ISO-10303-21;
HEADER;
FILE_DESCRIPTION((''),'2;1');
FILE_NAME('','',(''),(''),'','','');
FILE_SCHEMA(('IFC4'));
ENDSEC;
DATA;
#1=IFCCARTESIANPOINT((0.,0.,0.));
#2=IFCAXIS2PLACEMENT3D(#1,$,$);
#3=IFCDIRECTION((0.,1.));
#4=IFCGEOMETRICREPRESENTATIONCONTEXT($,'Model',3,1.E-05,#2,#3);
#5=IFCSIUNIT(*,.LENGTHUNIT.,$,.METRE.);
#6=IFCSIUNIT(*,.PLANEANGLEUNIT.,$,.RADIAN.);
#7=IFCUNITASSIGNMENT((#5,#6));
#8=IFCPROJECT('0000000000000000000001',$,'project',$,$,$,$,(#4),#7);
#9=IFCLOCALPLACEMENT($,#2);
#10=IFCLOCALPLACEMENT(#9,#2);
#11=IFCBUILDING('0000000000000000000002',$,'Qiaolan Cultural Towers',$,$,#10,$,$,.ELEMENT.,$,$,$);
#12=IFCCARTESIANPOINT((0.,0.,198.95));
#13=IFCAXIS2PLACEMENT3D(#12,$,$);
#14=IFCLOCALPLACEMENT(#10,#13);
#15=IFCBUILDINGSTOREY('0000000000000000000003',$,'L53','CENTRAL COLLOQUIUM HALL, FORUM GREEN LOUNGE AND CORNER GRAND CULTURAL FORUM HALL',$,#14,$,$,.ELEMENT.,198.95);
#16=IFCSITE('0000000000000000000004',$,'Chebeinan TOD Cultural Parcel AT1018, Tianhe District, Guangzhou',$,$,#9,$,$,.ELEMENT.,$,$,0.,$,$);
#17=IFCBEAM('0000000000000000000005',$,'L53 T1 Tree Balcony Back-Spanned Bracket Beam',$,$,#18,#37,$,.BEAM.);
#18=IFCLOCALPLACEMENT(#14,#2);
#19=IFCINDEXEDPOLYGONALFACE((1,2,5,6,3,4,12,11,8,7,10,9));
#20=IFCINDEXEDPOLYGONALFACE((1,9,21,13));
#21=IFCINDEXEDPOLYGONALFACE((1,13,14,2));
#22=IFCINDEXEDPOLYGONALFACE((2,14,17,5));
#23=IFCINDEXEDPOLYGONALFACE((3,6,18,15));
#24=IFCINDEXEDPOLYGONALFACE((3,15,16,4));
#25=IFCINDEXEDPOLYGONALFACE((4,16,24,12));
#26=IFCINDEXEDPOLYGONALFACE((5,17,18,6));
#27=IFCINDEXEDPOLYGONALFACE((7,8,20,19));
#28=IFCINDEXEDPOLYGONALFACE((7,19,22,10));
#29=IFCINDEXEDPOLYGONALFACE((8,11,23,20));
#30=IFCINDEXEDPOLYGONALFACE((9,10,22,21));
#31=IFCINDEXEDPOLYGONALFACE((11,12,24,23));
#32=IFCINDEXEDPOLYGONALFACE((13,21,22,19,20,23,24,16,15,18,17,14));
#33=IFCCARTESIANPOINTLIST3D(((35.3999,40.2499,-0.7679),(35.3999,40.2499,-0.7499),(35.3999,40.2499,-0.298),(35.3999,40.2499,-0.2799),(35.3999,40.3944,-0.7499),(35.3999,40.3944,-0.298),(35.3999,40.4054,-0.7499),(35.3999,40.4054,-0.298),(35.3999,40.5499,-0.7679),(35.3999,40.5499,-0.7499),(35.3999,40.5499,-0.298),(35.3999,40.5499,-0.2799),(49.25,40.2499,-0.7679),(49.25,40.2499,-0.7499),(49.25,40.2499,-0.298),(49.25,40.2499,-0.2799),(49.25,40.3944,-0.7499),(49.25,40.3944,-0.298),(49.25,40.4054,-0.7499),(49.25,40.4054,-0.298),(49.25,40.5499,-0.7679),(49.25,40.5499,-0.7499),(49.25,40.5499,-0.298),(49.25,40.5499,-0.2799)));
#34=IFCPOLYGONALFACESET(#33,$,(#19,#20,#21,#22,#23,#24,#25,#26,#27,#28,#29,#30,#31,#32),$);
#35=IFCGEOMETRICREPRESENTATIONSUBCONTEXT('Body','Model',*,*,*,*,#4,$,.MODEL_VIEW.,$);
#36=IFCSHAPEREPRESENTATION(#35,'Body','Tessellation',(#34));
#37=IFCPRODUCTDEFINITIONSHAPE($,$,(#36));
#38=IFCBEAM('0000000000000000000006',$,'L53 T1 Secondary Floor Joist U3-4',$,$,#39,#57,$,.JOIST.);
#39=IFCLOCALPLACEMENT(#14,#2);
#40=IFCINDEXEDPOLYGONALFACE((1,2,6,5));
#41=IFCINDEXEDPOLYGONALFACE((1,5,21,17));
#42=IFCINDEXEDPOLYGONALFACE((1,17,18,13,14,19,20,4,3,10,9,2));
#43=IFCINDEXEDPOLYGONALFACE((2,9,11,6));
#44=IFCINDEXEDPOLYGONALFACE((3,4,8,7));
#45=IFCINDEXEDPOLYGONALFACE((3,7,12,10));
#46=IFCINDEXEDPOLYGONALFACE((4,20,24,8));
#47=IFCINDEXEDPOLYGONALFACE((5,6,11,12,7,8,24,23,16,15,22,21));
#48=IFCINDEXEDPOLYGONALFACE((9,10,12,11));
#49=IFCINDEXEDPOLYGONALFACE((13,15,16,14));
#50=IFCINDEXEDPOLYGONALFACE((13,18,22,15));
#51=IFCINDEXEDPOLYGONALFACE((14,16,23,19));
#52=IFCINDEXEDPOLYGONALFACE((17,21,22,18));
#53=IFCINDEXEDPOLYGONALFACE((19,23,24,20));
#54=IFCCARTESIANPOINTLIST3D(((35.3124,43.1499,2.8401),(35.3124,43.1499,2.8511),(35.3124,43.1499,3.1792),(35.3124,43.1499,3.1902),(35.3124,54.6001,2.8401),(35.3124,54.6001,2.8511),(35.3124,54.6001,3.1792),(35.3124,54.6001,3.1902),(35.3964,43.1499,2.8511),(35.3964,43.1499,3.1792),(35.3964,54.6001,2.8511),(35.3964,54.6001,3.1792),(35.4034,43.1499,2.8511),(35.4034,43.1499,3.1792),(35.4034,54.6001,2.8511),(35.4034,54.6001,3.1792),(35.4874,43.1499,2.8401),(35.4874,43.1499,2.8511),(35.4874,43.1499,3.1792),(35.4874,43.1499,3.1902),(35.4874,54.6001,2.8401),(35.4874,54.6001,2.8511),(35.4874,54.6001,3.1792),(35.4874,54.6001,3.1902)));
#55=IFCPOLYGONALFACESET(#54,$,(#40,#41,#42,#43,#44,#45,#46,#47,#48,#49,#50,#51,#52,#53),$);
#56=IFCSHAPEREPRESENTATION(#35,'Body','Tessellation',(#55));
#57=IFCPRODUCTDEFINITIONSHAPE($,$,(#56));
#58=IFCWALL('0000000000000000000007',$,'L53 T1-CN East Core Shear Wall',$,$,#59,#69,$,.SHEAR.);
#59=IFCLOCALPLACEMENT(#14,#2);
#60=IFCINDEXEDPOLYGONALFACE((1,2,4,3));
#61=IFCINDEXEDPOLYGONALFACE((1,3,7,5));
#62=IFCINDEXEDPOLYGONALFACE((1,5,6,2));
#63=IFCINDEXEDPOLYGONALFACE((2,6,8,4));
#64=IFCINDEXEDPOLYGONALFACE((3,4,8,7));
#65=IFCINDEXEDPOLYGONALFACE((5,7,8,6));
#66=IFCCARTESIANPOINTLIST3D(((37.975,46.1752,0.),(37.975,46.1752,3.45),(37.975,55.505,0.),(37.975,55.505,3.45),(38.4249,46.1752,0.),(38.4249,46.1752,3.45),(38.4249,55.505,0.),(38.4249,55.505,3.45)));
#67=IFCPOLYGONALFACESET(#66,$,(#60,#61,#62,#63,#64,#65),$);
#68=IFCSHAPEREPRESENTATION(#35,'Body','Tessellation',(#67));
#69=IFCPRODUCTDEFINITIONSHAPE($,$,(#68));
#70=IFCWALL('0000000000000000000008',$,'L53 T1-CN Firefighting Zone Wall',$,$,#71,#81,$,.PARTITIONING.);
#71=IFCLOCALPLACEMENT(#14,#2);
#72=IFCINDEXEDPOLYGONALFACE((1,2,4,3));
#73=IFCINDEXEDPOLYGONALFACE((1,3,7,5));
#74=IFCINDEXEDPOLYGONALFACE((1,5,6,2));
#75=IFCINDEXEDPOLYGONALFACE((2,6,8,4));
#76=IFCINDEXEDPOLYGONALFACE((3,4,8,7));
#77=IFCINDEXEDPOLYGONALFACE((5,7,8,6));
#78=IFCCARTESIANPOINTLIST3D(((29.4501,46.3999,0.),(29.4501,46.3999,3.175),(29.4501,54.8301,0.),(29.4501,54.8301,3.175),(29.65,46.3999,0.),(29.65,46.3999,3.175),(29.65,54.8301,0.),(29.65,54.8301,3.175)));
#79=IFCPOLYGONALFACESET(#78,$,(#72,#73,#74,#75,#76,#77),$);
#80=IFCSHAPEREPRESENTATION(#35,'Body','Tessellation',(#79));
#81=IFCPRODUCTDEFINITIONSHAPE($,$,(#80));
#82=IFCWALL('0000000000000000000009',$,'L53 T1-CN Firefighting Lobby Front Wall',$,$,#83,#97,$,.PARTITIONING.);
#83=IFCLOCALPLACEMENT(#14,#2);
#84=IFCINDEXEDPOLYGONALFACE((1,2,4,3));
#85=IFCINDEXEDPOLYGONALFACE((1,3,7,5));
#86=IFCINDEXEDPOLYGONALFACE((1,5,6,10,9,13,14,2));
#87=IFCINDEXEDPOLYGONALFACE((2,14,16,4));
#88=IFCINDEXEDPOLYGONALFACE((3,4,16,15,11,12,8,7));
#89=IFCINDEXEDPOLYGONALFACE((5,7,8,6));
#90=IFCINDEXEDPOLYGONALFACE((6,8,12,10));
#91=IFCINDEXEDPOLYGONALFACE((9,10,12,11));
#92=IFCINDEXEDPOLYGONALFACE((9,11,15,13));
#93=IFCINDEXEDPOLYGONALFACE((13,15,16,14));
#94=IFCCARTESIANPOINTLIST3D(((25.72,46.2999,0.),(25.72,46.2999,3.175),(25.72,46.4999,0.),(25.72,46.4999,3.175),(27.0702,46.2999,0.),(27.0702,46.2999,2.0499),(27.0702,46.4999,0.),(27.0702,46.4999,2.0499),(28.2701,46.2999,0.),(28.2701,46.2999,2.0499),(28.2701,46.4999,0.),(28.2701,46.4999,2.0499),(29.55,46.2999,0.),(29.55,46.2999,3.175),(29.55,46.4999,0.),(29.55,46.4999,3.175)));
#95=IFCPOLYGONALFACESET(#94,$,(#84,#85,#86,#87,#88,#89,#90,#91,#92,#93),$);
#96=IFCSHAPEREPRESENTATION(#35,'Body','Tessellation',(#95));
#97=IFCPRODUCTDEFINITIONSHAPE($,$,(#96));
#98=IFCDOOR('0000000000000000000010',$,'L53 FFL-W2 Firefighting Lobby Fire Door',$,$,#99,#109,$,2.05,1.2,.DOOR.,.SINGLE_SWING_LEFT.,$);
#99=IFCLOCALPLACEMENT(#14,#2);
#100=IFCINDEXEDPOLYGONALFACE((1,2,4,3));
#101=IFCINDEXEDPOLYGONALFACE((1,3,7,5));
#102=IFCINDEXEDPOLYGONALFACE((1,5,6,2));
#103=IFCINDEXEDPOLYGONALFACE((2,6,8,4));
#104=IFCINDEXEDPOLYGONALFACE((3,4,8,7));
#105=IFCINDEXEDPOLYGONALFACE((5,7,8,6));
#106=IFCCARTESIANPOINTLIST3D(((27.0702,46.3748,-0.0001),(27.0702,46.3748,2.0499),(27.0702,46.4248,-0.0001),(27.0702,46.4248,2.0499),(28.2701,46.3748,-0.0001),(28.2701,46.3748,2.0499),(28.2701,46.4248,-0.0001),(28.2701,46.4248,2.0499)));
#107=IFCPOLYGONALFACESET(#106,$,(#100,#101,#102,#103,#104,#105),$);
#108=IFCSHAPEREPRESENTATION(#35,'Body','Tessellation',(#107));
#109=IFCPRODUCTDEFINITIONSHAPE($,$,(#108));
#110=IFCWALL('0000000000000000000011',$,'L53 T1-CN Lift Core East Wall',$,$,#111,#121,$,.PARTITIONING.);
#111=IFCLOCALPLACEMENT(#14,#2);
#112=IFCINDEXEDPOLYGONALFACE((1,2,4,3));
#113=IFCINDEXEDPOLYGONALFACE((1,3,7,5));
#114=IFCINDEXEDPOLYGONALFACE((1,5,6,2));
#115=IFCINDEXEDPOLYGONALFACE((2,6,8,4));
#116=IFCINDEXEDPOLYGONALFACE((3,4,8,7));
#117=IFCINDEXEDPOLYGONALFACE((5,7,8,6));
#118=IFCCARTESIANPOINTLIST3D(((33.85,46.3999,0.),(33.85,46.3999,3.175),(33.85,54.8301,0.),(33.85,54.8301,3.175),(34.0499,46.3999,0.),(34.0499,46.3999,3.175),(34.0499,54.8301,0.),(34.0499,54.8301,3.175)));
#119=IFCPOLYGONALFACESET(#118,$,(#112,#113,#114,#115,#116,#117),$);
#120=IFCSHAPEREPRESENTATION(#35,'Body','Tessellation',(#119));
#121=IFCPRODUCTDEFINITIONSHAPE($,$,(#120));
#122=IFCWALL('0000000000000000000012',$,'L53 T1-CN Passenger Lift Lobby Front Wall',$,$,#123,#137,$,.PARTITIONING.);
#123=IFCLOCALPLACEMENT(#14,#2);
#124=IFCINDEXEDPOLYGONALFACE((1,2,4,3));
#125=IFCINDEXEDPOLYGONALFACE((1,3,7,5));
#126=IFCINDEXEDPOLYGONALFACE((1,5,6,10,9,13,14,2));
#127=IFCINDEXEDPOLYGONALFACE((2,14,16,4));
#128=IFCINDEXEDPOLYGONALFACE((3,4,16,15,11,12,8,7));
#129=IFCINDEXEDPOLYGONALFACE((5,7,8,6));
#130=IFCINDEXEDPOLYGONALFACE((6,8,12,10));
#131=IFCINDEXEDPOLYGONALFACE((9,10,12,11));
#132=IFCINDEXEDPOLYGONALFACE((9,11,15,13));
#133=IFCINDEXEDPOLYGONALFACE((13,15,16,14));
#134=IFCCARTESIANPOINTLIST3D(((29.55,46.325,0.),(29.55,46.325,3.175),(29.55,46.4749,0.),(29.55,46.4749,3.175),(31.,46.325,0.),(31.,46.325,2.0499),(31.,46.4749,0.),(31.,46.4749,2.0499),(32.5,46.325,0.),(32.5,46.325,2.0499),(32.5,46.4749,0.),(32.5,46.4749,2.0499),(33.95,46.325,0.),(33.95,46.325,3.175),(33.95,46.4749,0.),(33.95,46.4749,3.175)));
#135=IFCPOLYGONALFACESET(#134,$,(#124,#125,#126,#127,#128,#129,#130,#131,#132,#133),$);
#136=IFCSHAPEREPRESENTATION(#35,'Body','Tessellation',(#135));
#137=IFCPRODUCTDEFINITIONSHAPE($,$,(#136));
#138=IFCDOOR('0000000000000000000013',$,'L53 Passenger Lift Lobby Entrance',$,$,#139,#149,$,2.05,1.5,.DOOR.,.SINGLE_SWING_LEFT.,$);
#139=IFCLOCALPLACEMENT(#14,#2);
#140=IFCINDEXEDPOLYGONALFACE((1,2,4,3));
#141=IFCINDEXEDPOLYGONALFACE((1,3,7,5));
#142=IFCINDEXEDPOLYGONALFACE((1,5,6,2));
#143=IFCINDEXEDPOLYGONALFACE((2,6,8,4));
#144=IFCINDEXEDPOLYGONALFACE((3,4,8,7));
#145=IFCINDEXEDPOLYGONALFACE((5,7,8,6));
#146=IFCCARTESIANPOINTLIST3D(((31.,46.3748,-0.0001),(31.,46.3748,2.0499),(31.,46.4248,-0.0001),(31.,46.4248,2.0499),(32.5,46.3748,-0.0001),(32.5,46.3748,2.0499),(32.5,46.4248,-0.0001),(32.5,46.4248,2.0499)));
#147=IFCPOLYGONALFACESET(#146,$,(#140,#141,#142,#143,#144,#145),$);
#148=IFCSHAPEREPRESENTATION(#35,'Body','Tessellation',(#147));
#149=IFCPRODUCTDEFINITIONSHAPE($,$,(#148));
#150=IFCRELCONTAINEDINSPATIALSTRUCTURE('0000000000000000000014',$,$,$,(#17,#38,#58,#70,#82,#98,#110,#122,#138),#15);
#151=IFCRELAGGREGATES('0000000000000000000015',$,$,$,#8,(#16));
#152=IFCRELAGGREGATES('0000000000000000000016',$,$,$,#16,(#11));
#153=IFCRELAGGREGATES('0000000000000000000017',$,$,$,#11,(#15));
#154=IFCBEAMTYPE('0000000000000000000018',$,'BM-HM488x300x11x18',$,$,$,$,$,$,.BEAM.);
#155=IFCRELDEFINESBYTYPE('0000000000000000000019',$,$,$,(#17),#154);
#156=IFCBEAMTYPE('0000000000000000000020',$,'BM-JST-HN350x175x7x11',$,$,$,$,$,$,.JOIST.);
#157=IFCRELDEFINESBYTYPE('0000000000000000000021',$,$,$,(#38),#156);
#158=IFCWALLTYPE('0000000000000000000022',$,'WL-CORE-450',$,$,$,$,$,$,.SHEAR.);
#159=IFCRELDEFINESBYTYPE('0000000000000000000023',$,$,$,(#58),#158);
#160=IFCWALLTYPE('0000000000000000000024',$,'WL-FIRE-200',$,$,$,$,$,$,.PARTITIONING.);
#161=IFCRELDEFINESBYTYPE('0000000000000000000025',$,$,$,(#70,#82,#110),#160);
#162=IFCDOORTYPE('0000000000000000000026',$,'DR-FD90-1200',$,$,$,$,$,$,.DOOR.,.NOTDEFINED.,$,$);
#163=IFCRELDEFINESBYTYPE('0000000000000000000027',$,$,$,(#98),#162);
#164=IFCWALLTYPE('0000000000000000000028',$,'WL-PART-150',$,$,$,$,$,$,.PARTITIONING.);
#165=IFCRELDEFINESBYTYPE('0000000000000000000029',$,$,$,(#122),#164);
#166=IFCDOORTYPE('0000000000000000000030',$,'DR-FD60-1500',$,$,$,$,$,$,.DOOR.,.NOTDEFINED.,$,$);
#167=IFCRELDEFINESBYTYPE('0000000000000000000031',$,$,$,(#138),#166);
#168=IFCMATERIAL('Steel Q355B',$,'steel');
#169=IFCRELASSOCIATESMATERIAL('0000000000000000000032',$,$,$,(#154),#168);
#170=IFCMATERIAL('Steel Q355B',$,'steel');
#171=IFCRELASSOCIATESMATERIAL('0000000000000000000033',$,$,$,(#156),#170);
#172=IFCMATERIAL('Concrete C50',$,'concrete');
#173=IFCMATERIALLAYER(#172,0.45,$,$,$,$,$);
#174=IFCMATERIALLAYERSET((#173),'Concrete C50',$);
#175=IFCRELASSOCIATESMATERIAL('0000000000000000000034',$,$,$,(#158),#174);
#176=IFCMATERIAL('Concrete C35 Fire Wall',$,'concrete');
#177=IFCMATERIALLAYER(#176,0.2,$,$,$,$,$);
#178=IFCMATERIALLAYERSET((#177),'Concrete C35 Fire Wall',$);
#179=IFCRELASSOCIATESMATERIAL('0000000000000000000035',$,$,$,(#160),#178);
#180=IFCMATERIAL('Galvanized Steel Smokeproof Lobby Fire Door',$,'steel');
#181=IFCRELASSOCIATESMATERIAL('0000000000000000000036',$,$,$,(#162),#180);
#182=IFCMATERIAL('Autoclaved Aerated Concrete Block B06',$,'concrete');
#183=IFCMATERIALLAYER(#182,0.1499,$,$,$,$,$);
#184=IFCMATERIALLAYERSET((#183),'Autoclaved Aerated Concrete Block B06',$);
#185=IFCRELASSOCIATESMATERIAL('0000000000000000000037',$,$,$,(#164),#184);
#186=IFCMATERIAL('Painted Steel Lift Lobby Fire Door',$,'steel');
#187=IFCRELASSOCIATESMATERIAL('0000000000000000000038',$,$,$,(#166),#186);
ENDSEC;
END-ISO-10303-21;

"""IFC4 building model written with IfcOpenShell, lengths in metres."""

from ifc_helpers import new_model, si_unit, direction, frame, frame_2d, origin, origin_2d, place, context, subcontext, project, spatial, rectangle, i_section, extrude, material, layer, layer_set, material_profile, profile_set, type_object, element, fill, save


model = new_model("IFC4")

# Units and contexts
model_context = context("Model", 3, precision=1e-05, world=origin(), true_north=direction((0.0, 1.0)))
body_context = subcontext(model_context, "Body", "Model", "MODEL_VIEW")
ifc_project = project(units=[si_unit("LENGTHUNIT", "METRE"), si_unit("PLANEANGLEUNIT", "RADIAN")], contexts=[model_context])

# Site, building, storey
site_placement = place(None, origin())
site = spatial("IfcSite", under=ifc_project, at=site_placement, Name="Chebeinan TOD Cultural Parcel AT1018, Tianhe District, Guangzhou", CompositionType="ELEMENT", RefElevation=0.0)
building_placement = place(site_placement, origin())
building = spatial("IfcBuilding", under=site, at=building_placement, Name="Qiaolan Cultural Towers", CompositionType="ELEMENT")
storey_placement = place(building_placement, frame((0.0, 0.0, 198.95)))
storey = spatial("IfcBuildingStorey", under=building, at=storey_placement, Name="L53", Description="CENTRAL COLLOQUIUM HALL, FORUM GREEN LOUNGE AND CORNER GRAND CULTURAL FORUM HALL", CompositionType="ELEMENT", Elevation=198.95)

# Beams
ifc_material_1 = material(Name="Steel Q355B", Category="steel")
ifc_material_profile_1 = material_profile(ifc_material_1, i_section(OverallWidth=0.3, OverallDepth=0.488, WebThickness=0.011, FlangeThickness=0.0181, at=origin_2d()), Name="HM488x300x11x18")
ifc_profile_set_1 = profile_set([ifc_material_profile_1], Name="Steel Q355B")
beam_type_1 = type_object("IfcBeamType", Name="BM-HM488x300x11x18", PredefinedType="BEAM", material=ifc_profile_set_1)
beam_1_placement = place(storey_placement, frame((35.3999, 40.3999, -0.5239), z_axis=(1.0, 0.0, 0.0), x_axis=(0.0, 1.0, 0.0)))
element("IfcBeam", 1, at=beam_1_placement, inside=storey, type_object=beam_type_1, Name="L53 T1 Tree Balcony Back-Spanned Bracket Beam", PredefinedType="BEAM", context=body_context, shape_type="SweptSolid", body=[
    extrude(i_section(OverallWidth=0.3, OverallDepth=0.488, WebThickness=0.011, FlangeThickness=0.0181, at=origin_2d()), origin(), (0.0, 0.0, 1.0), 13.8501),
])
ifc_material_2 = material(Name="Steel Q355B", Category="steel")
ifc_material_profile_2 = material_profile(ifc_material_2, i_section(OverallWidth=0.175, OverallDepth=0.3501, WebThickness=0.0071, FlangeThickness=0.011, at=origin_2d()), Name="HN350x175x7x11")
ifc_profile_set_2 = profile_set([ifc_material_profile_2], Name="Steel Q355B")
beam_type_2 = type_object("IfcBeamType", Name="BM-JST-HN350x175x7x11", PredefinedType="JOIST", material=ifc_profile_set_2)
beam_2_placement = place(storey_placement, frame((35.3999, 43.1499, 3.0151), z_axis=(0.0, 1.0, 0.0), x_axis=(-1.0, 0.0, 0.0)))
element("IfcBeam", 2, at=beam_2_placement, inside=storey, type_object=beam_type_2, Name="L53 T1 Secondary Floor Joist U3-4", PredefinedType="JOIST", context=body_context, shape_type="SweptSolid", body=[
    extrude(i_section(OverallWidth=0.175, OverallDepth=0.3501, WebThickness=0.0071, FlangeThickness=0.011, at=origin_2d()), origin(), (0.0, 0.0, 1.0), 11.4502),
])

# Walls
ifc_material_3 = material(Name="Concrete C50", Category="concrete")
ifc_layer_1 = layer(ifc_material_3, 0.45)
ifc_layer_set_1 = layer_set([ifc_layer_1], Name="Concrete C50")
wall_type_1 = type_object("IfcWallType", Name="WL-CORE-450", PredefinedType="SHEAR", material=ifc_layer_set_1)
wall_1_placement = place(storey_placement, frame((38.2, 46.175, 0.0), z_axis=(0.0, 0.0, 1.0), x_axis=(0.0, 1.0, 0.0)))
element("IfcWall", 3, at=wall_1_placement, inside=storey, type_object=wall_type_1, Name="L53 T1-CN East Core Shear Wall", PredefinedType="SHEAR", context=body_context, shape_type="SweptSolid", body=[
    extrude(rectangle(XDim=9.3298, YDim=0.45, at=frame_2d((4.665, 0.0))), origin(), (0.0, 0.0, 1.0), 3.45),
])
ifc_material_4 = material(Name="Concrete C35 Fire Wall", Category="concrete")
ifc_layer_2 = layer(ifc_material_4, 0.2)
ifc_layer_set_2 = layer_set([ifc_layer_2], Name="Concrete C35 Fire Wall")
wall_type_2 = type_object("IfcWallType", Name="WL-FIRE-200", PredefinedType="PARTITIONING", material=ifc_layer_set_2)
wall_2_placement = place(storey_placement, frame((29.55, 46.3999, 0.0), z_axis=(0.0, 0.0, 1.0), x_axis=(0.0, 1.0, 0.0)))
element("IfcWall", 4, at=wall_2_placement, inside=storey, type_object=wall_type_2, Name="L53 T1-CN Firefighting Zone Wall", PredefinedType="PARTITIONING", context=body_context, shape_type="SweptSolid", body=[
    extrude(rectangle(XDim=8.4302, YDim=0.2, at=frame_2d((4.2151, 0.0))), origin(), (0.0, 0.0, 1.0), 3.175),
])

# Wall, opening, door
wall_3_placement = place(storey_placement, frame((25.72, 46.3999, 0.0), z_axis=(0.0, 0.0, 1.0), x_axis=(1.0, 0.0, 0.0)))
wall_3 = element("IfcWall", 5, at=wall_3_placement, inside=storey, type_object=wall_type_2, Name="L53 T1-CN Firefighting Lobby Front Wall", PredefinedType="PARTITIONING", context=body_context, shape_type="SweptSolid", body=[
    extrude(rectangle(XDim=3.8301, YDim=0.2, at=frame_2d((1.915, 0.0))), origin(), (0.0, 0.0, 1.0), 3.175),
])
opening_1_placement = place(wall_3_placement, frame((1.3501, 0.0, 0.0)))
opening_1 = element("IfcOpeningElement", 6, at=opening_1_placement, cuts=wall_3, PredefinedType="OPENING", context=body_context, shape_type="SweptSolid", body=[
    extrude(rectangle(XDim=1.2, YDim=2.05, at=frame_2d((0.6001, 1.0249))), frame((0.0, 0.1099, 0.0), z_axis=(0.0, -1.0, 0.0), x_axis=(1.0, 0.0, 0.0)), (0.0, 0.0, 1.0), 0.22),
])
ifc_material_5 = material(Name="Galvanized Steel Smokeproof Lobby Fire Door", Category="steel")
door_type_1 = type_object("IfcDoorType", Name="DR-FD90-1200", OperationType="NOTDEFINED", PredefinedType="DOOR", material=ifc_material_5)
door_1_placement = place(opening_1_placement, origin())
door_1 = element("IfcDoor", 7, at=door_1_placement, inside=storey, type_object=door_type_1, Name="L53 FFL-W2 Firefighting Lobby Fire Door", OperationType="SINGLE_SWING_LEFT", OverallHeight=2.05, OverallWidth=1.2, PredefinedType="DOOR", context=body_context, shape_type="SweptSolid", body=[
    extrude(rectangle(XDim=1.2, YDim=2.05, at=frame_2d((0.6001, 1.0249))), frame((0.0, 0.0249, 0.0), z_axis=(0.0, -1.0, 0.0), x_axis=(1.0, 0.0, 0.0)), (0.0, 0.0, 1.0), 0.05),
])
fill(opening_1, door_1)

# Wall
wall_4_placement = place(storey_placement, frame((33.95, 46.3999, 0.0), z_axis=(0.0, 0.0, 1.0), x_axis=(0.0, 1.0, 0.0)))
element("IfcWall", 8, at=wall_4_placement, inside=storey, type_object=wall_type_2, Name="L53 T1-CN Lift Core East Wall", PredefinedType="PARTITIONING", context=body_context, shape_type="SweptSolid", body=[
    extrude(rectangle(XDim=8.4302, YDim=0.2, at=frame_2d((4.2151, 0.0))), origin(), (0.0, 0.0, 1.0), 3.175),
])

# Wall, opening, door
ifc_material_6 = material(Name="Autoclaved Aerated Concrete Block B06", Category="concrete")
ifc_layer_3 = layer(ifc_material_6, 0.1499)
ifc_layer_set_3 = layer_set([ifc_layer_3], Name="Autoclaved Aerated Concrete Block B06")
wall_type_3 = type_object("IfcWallType", Name="WL-PART-150", PredefinedType="PARTITIONING", material=ifc_layer_set_3)
wall_5_placement = place(storey_placement, frame((29.55, 46.3999, 0.0), z_axis=(0.0, 0.0, 1.0), x_axis=(1.0, 0.0, 0.0)))
wall_5 = element("IfcWall", 9, at=wall_5_placement, inside=storey, type_object=wall_type_3, Name="L53 T1-CN Passenger Lift Lobby Front Wall", PredefinedType="PARTITIONING", context=body_context, shape_type="SweptSolid", body=[
    extrude(rectangle(XDim=4.3999, YDim=0.1499, at=frame_2d((2.2, 0.0))), origin(), (0.0, 0.0, 1.0), 3.175),
])
opening_2_placement = place(wall_5_placement, frame((1.45, 0.0, 0.0)))
opening_2 = element("IfcOpeningElement", 10, at=opening_2_placement, cuts=wall_5, PredefinedType="OPENING", context=body_context, shape_type="SweptSolid", body=[
    extrude(rectangle(XDim=1.5, YDim=2.05, at=frame_2d((0.75, 1.0249))), frame((0.0, 0.085, 0.0), z_axis=(0.0, -1.0, 0.0), x_axis=(1.0, 0.0, 0.0)), (0.0, 0.0, 1.0), 0.1699),
])
ifc_material_7 = material(Name="Painted Steel Lift Lobby Fire Door", Category="steel")
door_type_2 = type_object("IfcDoorType", Name="DR-FD60-1500", OperationType="NOTDEFINED", PredefinedType="DOOR", material=ifc_material_7)
door_2_placement = place(opening_2_placement, origin())
door_2 = element("IfcDoor", 11, at=door_2_placement, inside=storey, type_object=door_type_2, Name="L53 Passenger Lift Lobby Entrance", OperationType="SINGLE_SWING_LEFT", OverallHeight=2.05, OverallWidth=1.5, PredefinedType="DOOR", context=body_context, shape_type="SweptSolid", body=[
    extrude(rectangle(XDim=1.5, YDim=2.05, at=frame_2d((0.75, 1.0249))), frame((0.0, 0.0249, 0.0), z_axis=(0.0, -1.0, 0.0), x_axis=(1.0, 0.0, 0.0)), (0.0, 0.0, 1.0), 0.05),
])
fill(opening_2, door_2)

save(model, "model.ifc")
